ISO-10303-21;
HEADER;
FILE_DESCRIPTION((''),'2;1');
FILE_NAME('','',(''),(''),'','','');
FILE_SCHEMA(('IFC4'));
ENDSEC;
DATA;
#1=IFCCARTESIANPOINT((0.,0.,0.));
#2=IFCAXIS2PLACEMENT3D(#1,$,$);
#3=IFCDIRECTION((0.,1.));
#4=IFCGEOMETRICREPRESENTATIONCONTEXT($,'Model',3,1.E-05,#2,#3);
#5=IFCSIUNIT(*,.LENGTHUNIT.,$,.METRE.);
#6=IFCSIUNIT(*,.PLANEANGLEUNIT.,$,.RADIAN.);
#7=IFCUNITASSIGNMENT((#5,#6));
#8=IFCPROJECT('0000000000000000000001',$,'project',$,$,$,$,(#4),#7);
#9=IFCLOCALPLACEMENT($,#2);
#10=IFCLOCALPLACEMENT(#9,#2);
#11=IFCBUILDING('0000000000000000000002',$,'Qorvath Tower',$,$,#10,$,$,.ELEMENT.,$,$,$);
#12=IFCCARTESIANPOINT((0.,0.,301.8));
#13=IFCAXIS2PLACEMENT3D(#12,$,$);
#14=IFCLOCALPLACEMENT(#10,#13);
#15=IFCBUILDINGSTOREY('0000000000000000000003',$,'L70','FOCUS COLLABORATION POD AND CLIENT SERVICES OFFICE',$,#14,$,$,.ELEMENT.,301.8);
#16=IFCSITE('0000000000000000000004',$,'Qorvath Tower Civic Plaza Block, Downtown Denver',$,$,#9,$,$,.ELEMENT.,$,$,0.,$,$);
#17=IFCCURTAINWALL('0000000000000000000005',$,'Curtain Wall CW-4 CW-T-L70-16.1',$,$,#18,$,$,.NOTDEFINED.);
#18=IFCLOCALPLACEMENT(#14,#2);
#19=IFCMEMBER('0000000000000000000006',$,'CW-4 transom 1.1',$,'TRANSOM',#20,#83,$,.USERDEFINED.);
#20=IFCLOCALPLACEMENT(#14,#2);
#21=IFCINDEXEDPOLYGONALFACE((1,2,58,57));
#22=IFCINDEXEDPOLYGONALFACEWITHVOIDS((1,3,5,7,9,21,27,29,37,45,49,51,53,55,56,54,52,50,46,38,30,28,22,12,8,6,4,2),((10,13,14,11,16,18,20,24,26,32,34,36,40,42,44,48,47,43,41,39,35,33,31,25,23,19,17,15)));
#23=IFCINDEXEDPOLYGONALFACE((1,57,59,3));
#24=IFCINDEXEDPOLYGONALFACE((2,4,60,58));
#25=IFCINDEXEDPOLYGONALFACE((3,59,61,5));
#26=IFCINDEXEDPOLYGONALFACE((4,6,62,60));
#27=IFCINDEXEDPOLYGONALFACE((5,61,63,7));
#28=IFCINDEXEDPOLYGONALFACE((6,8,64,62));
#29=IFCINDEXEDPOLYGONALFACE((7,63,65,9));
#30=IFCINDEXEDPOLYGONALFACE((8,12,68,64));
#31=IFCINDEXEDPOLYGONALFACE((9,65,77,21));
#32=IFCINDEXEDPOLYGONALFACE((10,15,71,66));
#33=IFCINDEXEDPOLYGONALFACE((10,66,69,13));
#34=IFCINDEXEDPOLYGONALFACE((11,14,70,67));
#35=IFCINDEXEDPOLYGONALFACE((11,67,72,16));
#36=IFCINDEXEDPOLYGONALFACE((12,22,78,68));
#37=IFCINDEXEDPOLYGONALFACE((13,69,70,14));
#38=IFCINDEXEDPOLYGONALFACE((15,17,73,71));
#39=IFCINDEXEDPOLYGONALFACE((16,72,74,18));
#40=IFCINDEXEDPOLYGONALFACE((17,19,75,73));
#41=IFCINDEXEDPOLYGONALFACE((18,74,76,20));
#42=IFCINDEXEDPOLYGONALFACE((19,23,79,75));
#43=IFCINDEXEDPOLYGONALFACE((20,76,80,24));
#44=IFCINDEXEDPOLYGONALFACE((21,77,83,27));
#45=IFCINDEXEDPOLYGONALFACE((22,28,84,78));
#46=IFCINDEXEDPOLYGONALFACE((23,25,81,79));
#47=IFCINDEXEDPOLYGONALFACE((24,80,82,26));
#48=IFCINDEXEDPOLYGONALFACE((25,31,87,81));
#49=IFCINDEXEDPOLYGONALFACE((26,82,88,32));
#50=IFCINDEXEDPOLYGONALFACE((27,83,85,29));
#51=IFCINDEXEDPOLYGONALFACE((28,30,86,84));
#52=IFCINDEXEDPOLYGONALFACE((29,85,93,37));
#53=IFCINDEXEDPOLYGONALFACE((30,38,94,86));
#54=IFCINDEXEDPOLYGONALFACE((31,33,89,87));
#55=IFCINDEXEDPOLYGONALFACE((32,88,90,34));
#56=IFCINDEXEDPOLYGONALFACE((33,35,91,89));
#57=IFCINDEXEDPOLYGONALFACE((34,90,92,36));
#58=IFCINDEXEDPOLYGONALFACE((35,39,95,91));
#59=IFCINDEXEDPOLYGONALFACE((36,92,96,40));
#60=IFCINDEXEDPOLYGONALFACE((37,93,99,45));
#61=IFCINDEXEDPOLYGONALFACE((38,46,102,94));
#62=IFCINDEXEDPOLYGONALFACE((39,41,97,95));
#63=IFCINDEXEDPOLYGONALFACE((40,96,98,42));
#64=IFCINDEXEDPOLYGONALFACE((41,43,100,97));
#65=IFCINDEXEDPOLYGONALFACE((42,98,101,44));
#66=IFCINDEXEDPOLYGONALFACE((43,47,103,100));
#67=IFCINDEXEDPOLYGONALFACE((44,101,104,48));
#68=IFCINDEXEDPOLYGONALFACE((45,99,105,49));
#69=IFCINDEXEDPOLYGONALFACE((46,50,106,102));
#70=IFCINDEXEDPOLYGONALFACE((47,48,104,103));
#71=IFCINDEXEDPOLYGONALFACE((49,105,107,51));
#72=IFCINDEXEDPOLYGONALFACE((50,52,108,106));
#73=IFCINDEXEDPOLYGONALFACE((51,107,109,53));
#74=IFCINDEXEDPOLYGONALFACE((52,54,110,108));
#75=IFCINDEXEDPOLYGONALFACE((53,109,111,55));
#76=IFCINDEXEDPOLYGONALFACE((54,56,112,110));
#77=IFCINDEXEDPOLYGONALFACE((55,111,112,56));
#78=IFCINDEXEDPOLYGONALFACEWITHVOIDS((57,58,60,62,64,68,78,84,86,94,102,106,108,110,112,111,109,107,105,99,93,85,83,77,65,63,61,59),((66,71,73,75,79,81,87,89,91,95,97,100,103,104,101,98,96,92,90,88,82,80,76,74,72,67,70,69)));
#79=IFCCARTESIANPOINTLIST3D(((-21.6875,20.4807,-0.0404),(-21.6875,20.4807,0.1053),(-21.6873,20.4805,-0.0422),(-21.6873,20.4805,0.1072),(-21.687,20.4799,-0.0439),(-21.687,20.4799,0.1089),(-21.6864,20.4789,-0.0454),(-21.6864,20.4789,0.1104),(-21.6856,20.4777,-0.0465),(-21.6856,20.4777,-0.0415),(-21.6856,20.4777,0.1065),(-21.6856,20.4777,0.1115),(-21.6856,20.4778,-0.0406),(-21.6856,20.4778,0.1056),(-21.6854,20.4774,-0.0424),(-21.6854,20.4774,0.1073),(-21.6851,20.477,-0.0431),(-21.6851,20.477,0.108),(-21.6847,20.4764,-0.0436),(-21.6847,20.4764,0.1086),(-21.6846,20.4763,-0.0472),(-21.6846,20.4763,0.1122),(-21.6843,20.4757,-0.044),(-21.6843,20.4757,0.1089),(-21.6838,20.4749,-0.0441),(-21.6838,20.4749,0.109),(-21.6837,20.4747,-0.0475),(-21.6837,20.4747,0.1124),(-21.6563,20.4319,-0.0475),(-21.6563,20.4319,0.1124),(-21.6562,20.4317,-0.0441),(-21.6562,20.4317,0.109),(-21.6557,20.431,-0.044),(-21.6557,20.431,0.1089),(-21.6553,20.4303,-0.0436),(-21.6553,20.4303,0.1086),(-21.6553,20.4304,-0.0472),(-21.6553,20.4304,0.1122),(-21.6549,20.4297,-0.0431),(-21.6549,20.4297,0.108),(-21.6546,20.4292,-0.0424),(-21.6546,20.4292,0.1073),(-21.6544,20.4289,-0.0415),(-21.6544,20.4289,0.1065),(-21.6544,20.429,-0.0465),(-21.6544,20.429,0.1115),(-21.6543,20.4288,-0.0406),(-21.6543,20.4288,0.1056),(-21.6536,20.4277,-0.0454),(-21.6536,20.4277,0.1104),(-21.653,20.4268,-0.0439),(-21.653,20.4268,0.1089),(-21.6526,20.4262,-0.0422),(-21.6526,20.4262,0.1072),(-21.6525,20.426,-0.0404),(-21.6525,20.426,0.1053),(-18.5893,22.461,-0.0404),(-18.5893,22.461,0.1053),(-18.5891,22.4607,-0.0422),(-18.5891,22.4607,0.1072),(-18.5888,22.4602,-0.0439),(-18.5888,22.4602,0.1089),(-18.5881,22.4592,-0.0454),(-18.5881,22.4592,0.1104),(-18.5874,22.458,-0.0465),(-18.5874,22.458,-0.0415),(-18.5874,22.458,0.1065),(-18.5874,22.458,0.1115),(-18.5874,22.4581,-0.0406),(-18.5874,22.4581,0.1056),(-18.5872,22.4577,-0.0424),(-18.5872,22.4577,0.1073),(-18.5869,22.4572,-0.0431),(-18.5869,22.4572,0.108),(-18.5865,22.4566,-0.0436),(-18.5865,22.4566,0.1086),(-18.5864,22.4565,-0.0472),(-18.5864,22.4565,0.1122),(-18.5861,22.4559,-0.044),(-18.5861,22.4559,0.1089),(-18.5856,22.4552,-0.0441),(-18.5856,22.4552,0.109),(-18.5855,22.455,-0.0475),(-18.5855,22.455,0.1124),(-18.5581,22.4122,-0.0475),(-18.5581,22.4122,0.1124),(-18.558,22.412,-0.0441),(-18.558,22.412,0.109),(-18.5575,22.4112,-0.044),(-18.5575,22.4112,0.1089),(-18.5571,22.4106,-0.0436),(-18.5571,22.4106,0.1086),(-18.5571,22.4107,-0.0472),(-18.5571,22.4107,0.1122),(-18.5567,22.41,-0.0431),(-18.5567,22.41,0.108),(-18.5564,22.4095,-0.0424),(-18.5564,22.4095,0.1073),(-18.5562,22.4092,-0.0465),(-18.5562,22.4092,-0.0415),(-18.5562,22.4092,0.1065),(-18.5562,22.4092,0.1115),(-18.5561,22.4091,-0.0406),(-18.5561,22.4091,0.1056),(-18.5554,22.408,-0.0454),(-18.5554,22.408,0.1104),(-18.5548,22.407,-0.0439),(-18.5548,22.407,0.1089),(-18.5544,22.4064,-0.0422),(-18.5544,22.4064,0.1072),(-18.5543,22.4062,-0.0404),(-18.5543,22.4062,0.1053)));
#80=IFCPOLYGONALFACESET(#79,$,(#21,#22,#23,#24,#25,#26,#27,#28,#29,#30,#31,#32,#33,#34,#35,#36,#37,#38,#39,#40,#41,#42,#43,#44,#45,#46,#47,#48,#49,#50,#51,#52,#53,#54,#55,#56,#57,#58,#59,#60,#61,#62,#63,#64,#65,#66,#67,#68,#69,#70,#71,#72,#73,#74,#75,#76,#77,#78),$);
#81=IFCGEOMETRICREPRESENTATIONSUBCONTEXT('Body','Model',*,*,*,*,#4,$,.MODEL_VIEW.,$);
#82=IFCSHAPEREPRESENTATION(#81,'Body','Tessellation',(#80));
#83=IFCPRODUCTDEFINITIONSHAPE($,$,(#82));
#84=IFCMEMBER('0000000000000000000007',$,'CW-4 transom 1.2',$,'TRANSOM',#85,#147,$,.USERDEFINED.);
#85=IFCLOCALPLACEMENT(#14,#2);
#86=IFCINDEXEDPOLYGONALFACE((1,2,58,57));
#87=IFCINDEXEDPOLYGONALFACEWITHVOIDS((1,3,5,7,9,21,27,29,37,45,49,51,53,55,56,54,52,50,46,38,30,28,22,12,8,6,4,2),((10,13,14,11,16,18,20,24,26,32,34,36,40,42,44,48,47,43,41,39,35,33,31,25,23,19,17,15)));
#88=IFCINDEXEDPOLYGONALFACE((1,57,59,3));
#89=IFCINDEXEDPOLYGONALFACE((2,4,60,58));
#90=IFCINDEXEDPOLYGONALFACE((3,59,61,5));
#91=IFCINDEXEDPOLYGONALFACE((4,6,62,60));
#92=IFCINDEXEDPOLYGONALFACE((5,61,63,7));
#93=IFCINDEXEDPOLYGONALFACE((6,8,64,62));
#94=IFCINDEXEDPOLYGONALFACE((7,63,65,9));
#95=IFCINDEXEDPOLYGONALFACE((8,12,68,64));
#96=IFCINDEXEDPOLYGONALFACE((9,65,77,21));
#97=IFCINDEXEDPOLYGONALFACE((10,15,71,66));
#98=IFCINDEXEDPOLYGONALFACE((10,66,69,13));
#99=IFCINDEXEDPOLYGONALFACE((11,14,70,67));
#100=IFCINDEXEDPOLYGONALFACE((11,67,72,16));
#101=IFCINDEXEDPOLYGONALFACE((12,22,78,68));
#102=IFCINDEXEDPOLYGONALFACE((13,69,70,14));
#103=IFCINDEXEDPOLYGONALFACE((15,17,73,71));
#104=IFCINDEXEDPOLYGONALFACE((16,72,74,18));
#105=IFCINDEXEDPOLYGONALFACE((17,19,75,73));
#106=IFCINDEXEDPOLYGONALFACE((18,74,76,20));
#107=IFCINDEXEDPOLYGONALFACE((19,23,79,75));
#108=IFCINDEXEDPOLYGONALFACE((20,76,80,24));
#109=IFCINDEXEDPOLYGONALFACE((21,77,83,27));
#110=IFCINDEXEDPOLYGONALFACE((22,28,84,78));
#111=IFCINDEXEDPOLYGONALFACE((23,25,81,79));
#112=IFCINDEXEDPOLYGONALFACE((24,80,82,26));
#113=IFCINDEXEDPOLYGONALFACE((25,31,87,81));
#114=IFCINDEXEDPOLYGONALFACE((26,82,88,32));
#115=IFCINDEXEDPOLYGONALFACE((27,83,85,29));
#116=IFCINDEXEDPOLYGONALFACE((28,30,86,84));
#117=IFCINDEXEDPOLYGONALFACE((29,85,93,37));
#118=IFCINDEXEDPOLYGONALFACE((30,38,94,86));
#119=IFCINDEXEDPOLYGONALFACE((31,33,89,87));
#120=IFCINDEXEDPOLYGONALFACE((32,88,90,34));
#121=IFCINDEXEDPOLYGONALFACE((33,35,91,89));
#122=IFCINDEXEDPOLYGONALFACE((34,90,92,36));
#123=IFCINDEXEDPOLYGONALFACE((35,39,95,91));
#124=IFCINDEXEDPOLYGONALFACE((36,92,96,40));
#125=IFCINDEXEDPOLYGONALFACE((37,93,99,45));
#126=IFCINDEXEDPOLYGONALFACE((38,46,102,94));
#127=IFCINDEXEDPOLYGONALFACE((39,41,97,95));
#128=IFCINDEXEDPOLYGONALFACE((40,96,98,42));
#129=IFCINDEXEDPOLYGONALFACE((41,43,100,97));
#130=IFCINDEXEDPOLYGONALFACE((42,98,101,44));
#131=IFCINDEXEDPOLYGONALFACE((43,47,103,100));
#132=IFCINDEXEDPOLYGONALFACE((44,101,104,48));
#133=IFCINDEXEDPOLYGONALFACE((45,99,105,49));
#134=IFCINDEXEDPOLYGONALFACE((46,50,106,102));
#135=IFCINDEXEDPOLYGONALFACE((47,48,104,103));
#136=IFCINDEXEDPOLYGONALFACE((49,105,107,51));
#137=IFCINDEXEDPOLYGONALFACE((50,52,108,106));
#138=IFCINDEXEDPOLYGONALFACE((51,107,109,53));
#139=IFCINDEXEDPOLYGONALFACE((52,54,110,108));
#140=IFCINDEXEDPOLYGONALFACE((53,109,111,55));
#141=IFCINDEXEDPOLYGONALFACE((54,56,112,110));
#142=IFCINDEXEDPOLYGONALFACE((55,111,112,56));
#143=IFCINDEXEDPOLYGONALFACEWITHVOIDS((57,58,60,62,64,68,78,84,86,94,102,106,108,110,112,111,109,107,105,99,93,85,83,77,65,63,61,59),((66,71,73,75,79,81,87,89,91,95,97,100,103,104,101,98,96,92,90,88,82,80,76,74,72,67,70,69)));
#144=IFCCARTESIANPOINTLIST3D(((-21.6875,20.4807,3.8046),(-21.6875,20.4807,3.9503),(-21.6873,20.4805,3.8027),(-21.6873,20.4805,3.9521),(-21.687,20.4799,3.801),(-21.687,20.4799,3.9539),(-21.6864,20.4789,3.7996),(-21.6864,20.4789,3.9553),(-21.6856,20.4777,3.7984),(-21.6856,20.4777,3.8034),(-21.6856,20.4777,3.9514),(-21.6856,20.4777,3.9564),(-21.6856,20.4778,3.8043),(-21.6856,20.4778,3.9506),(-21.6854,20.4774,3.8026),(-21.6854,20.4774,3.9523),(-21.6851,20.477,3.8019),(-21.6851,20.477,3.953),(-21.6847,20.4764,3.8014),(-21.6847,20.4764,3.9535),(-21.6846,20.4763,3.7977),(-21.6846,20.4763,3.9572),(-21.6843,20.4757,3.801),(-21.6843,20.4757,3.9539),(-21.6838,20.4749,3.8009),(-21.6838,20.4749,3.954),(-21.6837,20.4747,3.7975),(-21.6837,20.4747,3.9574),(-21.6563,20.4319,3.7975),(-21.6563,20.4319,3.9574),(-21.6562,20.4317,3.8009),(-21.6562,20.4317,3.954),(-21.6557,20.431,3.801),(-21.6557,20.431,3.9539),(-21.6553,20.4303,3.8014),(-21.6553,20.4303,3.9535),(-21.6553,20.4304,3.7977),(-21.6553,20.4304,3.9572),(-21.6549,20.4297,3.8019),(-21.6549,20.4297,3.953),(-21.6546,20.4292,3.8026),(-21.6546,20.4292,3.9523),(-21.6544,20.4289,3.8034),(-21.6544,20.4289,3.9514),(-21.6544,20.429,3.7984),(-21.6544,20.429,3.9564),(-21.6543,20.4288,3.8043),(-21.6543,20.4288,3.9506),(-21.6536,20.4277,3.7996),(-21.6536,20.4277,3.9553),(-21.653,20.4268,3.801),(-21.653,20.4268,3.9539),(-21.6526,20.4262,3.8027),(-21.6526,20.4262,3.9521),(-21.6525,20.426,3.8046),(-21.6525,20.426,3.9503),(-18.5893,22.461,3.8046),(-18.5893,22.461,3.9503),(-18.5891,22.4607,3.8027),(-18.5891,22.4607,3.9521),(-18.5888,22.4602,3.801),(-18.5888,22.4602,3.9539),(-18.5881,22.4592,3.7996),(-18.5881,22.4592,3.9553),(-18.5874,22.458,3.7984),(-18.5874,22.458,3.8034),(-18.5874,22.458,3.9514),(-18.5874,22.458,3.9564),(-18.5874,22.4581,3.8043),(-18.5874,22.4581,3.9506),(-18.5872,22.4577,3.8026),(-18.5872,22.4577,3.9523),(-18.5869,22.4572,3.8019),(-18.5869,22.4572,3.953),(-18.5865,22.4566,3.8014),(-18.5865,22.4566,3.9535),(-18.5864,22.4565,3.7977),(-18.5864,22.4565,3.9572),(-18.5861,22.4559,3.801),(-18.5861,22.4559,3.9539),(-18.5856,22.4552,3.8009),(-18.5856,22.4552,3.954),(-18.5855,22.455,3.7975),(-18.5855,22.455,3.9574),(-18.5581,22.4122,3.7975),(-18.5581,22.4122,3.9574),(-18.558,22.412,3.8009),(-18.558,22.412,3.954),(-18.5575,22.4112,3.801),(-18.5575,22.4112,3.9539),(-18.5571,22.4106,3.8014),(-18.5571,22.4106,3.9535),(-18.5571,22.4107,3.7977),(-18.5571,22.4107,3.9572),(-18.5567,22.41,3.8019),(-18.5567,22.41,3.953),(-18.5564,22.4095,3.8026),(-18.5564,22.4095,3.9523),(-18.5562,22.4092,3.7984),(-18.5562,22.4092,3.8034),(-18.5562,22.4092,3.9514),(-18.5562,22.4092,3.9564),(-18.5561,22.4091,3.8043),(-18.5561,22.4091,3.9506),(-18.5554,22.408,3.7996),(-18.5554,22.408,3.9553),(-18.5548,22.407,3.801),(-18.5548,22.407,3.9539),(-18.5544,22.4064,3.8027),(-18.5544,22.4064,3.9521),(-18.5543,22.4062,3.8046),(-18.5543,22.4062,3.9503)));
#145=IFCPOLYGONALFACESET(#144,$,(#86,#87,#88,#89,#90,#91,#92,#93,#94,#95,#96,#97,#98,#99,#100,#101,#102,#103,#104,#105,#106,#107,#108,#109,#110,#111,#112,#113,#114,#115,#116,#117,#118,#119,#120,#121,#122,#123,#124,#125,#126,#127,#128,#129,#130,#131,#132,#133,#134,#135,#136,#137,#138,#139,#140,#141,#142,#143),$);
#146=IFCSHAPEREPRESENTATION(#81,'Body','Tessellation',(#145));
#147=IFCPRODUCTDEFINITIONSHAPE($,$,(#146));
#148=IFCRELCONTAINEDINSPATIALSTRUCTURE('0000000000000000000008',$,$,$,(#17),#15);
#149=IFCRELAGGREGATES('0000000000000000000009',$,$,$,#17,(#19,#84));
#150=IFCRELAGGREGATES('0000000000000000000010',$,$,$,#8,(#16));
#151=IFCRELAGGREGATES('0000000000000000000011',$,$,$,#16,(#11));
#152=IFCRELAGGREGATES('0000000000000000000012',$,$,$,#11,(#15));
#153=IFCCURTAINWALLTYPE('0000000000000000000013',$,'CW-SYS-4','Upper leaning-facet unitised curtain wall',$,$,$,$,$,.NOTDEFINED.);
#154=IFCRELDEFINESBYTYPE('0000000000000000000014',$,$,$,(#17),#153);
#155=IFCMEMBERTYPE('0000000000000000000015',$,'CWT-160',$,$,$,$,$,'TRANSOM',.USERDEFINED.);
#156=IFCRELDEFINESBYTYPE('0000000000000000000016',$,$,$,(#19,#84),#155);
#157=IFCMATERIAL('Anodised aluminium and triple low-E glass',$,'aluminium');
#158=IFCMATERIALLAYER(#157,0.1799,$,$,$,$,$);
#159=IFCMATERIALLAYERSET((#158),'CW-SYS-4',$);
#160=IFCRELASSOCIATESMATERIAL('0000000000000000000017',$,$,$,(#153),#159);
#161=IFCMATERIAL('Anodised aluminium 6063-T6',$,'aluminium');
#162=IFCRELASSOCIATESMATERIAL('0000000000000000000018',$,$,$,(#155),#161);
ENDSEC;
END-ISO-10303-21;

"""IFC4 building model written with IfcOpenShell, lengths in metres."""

from ifc_helpers import new_model, si_unit, direction, frame, origin, origin_2d, place, context, subcontext, project, spatial, hollow_rectangle, extrude, material, layer, layer_set, material_profile, profile_set, type_object, element, aggregate, save


model = new_model("IFC4")

# Units and contexts
model_context = context("Model", 3, precision=1e-05, world=origin(), true_north=direction((0.0, 1.0)))
body_context = subcontext(model_context, "Body", "Model", "MODEL_VIEW")
ifc_project = project(units=[si_unit("LENGTHUNIT", "METRE"), si_unit("PLANEANGLEUNIT", "RADIAN")], contexts=[model_context])

# Site, building, storey
site_placement = place(None, origin())
site = spatial("IfcSite", under=ifc_project, at=site_placement, Name="Qorvath Tower Civic Plaza Block, Downtown Denver", CompositionType="ELEMENT", RefElevation=0.0)
building_placement = place(site_placement, origin())
building = spatial("IfcBuilding", under=site, at=building_placement, Name="Qorvath Tower", CompositionType="ELEMENT")
storey_placement = place(building_placement, frame((0.0, 0.0, 301.8)))
storey = spatial("IfcBuildingStorey", under=building, at=storey_placement, Name="L70", Description="FOCUS COLLABORATION POD AND CLIENT SERVICES OFFICE", CompositionType="ELEMENT", Elevation=301.8)

# Shared definitions
ifc_material_1 = material(Name="Anodised aluminium and triple low-E glass", Category="aluminium")
ifc_layer_1 = layer(ifc_material_1, 0.1799)
ifc_layer_set_1 = layer_set([ifc_layer_1], Name="CW-SYS-4")
curtain_wall_type = type_object("IfcCurtainWallType", Name="CW-SYS-4", Description="Upper leaning-facet unitised curtain wall", PredefinedType="NOTDEFINED", material=ifc_layer_set_1)

# Curtain wall
curtain_wall_1_placement = place(storey_placement, origin())
curtain_wall_1 = element("IfcCurtainWall", 1, at=curtain_wall_1_placement, inside=storey, type_object=curtain_wall_type, Name="Curtain Wall CW-4 CW-T-L70-16.1", PredefinedType="NOTDEFINED")

# Members
ifc_material_2 = material(Name="Anodised aluminium 6063-T6", Category="aluminium")
ifc_material_profile_1 = material_profile(ifc_material_2, hollow_rectangle(XDim=0.0649, YDim=0.1599, WallThickness=0.0034, InnerFilletRadius=0.0034, OuterFilletRadius=0.0071, at=origin_2d()), Name="CWT 160x65")
ifc_profile_set_1 = profile_set([ifc_material_profile_1], Name="Anodised aluminium 6063-T6")
member_type_1 = type_object("IfcMemberType", Name="CWT-160", ElementType="TRANSOM", PredefinedType="USERDEFINED", material=ifc_profile_set_1)
member_1_placement = place(storey_placement, frame((-18.5718, 22.4336, 0.0325), z_axis=(-0.842591, -0.538554, 0.0), x_axis=(0.538554, -0.842591, 0.0)))
member_1 = element("IfcMember", 2, at=member_1_placement, type_object=member_type_1, Name="CW-4 transom 1.1", ObjectType="TRANSOM", PredefinedType="USERDEFINED", context=body_context, shape_type="SweptSolid", body=[
    extrude(hollow_rectangle(XDim=0.0649, YDim=0.1599, WallThickness=0.0034, InnerFilletRadius=0.0034, OuterFilletRadius=0.0071, at=origin_2d()), origin(), (0.0, 0.0, 1.0), 3.677),
])
member_2_placement = place(storey_placement, frame((-18.5718, 22.4336, 3.8774), z_axis=(-0.842591, -0.538554, 0.0), x_axis=(0.538554, -0.842591, 0.0)))
member_2 = element("IfcMember", 3, at=member_2_placement, type_object=member_type_1, Name="CW-4 transom 1.2", ObjectType="TRANSOM", PredefinedType="USERDEFINED", context=body_context, shape_type="SweptSolid", body=[
    extrude(hollow_rectangle(XDim=0.0649, YDim=0.1599, WallThickness=0.0034, InnerFilletRadius=0.0034, OuterFilletRadius=0.0071, at=origin_2d()), origin(), (0.0, 0.0, 1.0), 3.677),
])

aggregate(curtain_wall_1, [member_1, member_2])

save(model, "model.ifc")
